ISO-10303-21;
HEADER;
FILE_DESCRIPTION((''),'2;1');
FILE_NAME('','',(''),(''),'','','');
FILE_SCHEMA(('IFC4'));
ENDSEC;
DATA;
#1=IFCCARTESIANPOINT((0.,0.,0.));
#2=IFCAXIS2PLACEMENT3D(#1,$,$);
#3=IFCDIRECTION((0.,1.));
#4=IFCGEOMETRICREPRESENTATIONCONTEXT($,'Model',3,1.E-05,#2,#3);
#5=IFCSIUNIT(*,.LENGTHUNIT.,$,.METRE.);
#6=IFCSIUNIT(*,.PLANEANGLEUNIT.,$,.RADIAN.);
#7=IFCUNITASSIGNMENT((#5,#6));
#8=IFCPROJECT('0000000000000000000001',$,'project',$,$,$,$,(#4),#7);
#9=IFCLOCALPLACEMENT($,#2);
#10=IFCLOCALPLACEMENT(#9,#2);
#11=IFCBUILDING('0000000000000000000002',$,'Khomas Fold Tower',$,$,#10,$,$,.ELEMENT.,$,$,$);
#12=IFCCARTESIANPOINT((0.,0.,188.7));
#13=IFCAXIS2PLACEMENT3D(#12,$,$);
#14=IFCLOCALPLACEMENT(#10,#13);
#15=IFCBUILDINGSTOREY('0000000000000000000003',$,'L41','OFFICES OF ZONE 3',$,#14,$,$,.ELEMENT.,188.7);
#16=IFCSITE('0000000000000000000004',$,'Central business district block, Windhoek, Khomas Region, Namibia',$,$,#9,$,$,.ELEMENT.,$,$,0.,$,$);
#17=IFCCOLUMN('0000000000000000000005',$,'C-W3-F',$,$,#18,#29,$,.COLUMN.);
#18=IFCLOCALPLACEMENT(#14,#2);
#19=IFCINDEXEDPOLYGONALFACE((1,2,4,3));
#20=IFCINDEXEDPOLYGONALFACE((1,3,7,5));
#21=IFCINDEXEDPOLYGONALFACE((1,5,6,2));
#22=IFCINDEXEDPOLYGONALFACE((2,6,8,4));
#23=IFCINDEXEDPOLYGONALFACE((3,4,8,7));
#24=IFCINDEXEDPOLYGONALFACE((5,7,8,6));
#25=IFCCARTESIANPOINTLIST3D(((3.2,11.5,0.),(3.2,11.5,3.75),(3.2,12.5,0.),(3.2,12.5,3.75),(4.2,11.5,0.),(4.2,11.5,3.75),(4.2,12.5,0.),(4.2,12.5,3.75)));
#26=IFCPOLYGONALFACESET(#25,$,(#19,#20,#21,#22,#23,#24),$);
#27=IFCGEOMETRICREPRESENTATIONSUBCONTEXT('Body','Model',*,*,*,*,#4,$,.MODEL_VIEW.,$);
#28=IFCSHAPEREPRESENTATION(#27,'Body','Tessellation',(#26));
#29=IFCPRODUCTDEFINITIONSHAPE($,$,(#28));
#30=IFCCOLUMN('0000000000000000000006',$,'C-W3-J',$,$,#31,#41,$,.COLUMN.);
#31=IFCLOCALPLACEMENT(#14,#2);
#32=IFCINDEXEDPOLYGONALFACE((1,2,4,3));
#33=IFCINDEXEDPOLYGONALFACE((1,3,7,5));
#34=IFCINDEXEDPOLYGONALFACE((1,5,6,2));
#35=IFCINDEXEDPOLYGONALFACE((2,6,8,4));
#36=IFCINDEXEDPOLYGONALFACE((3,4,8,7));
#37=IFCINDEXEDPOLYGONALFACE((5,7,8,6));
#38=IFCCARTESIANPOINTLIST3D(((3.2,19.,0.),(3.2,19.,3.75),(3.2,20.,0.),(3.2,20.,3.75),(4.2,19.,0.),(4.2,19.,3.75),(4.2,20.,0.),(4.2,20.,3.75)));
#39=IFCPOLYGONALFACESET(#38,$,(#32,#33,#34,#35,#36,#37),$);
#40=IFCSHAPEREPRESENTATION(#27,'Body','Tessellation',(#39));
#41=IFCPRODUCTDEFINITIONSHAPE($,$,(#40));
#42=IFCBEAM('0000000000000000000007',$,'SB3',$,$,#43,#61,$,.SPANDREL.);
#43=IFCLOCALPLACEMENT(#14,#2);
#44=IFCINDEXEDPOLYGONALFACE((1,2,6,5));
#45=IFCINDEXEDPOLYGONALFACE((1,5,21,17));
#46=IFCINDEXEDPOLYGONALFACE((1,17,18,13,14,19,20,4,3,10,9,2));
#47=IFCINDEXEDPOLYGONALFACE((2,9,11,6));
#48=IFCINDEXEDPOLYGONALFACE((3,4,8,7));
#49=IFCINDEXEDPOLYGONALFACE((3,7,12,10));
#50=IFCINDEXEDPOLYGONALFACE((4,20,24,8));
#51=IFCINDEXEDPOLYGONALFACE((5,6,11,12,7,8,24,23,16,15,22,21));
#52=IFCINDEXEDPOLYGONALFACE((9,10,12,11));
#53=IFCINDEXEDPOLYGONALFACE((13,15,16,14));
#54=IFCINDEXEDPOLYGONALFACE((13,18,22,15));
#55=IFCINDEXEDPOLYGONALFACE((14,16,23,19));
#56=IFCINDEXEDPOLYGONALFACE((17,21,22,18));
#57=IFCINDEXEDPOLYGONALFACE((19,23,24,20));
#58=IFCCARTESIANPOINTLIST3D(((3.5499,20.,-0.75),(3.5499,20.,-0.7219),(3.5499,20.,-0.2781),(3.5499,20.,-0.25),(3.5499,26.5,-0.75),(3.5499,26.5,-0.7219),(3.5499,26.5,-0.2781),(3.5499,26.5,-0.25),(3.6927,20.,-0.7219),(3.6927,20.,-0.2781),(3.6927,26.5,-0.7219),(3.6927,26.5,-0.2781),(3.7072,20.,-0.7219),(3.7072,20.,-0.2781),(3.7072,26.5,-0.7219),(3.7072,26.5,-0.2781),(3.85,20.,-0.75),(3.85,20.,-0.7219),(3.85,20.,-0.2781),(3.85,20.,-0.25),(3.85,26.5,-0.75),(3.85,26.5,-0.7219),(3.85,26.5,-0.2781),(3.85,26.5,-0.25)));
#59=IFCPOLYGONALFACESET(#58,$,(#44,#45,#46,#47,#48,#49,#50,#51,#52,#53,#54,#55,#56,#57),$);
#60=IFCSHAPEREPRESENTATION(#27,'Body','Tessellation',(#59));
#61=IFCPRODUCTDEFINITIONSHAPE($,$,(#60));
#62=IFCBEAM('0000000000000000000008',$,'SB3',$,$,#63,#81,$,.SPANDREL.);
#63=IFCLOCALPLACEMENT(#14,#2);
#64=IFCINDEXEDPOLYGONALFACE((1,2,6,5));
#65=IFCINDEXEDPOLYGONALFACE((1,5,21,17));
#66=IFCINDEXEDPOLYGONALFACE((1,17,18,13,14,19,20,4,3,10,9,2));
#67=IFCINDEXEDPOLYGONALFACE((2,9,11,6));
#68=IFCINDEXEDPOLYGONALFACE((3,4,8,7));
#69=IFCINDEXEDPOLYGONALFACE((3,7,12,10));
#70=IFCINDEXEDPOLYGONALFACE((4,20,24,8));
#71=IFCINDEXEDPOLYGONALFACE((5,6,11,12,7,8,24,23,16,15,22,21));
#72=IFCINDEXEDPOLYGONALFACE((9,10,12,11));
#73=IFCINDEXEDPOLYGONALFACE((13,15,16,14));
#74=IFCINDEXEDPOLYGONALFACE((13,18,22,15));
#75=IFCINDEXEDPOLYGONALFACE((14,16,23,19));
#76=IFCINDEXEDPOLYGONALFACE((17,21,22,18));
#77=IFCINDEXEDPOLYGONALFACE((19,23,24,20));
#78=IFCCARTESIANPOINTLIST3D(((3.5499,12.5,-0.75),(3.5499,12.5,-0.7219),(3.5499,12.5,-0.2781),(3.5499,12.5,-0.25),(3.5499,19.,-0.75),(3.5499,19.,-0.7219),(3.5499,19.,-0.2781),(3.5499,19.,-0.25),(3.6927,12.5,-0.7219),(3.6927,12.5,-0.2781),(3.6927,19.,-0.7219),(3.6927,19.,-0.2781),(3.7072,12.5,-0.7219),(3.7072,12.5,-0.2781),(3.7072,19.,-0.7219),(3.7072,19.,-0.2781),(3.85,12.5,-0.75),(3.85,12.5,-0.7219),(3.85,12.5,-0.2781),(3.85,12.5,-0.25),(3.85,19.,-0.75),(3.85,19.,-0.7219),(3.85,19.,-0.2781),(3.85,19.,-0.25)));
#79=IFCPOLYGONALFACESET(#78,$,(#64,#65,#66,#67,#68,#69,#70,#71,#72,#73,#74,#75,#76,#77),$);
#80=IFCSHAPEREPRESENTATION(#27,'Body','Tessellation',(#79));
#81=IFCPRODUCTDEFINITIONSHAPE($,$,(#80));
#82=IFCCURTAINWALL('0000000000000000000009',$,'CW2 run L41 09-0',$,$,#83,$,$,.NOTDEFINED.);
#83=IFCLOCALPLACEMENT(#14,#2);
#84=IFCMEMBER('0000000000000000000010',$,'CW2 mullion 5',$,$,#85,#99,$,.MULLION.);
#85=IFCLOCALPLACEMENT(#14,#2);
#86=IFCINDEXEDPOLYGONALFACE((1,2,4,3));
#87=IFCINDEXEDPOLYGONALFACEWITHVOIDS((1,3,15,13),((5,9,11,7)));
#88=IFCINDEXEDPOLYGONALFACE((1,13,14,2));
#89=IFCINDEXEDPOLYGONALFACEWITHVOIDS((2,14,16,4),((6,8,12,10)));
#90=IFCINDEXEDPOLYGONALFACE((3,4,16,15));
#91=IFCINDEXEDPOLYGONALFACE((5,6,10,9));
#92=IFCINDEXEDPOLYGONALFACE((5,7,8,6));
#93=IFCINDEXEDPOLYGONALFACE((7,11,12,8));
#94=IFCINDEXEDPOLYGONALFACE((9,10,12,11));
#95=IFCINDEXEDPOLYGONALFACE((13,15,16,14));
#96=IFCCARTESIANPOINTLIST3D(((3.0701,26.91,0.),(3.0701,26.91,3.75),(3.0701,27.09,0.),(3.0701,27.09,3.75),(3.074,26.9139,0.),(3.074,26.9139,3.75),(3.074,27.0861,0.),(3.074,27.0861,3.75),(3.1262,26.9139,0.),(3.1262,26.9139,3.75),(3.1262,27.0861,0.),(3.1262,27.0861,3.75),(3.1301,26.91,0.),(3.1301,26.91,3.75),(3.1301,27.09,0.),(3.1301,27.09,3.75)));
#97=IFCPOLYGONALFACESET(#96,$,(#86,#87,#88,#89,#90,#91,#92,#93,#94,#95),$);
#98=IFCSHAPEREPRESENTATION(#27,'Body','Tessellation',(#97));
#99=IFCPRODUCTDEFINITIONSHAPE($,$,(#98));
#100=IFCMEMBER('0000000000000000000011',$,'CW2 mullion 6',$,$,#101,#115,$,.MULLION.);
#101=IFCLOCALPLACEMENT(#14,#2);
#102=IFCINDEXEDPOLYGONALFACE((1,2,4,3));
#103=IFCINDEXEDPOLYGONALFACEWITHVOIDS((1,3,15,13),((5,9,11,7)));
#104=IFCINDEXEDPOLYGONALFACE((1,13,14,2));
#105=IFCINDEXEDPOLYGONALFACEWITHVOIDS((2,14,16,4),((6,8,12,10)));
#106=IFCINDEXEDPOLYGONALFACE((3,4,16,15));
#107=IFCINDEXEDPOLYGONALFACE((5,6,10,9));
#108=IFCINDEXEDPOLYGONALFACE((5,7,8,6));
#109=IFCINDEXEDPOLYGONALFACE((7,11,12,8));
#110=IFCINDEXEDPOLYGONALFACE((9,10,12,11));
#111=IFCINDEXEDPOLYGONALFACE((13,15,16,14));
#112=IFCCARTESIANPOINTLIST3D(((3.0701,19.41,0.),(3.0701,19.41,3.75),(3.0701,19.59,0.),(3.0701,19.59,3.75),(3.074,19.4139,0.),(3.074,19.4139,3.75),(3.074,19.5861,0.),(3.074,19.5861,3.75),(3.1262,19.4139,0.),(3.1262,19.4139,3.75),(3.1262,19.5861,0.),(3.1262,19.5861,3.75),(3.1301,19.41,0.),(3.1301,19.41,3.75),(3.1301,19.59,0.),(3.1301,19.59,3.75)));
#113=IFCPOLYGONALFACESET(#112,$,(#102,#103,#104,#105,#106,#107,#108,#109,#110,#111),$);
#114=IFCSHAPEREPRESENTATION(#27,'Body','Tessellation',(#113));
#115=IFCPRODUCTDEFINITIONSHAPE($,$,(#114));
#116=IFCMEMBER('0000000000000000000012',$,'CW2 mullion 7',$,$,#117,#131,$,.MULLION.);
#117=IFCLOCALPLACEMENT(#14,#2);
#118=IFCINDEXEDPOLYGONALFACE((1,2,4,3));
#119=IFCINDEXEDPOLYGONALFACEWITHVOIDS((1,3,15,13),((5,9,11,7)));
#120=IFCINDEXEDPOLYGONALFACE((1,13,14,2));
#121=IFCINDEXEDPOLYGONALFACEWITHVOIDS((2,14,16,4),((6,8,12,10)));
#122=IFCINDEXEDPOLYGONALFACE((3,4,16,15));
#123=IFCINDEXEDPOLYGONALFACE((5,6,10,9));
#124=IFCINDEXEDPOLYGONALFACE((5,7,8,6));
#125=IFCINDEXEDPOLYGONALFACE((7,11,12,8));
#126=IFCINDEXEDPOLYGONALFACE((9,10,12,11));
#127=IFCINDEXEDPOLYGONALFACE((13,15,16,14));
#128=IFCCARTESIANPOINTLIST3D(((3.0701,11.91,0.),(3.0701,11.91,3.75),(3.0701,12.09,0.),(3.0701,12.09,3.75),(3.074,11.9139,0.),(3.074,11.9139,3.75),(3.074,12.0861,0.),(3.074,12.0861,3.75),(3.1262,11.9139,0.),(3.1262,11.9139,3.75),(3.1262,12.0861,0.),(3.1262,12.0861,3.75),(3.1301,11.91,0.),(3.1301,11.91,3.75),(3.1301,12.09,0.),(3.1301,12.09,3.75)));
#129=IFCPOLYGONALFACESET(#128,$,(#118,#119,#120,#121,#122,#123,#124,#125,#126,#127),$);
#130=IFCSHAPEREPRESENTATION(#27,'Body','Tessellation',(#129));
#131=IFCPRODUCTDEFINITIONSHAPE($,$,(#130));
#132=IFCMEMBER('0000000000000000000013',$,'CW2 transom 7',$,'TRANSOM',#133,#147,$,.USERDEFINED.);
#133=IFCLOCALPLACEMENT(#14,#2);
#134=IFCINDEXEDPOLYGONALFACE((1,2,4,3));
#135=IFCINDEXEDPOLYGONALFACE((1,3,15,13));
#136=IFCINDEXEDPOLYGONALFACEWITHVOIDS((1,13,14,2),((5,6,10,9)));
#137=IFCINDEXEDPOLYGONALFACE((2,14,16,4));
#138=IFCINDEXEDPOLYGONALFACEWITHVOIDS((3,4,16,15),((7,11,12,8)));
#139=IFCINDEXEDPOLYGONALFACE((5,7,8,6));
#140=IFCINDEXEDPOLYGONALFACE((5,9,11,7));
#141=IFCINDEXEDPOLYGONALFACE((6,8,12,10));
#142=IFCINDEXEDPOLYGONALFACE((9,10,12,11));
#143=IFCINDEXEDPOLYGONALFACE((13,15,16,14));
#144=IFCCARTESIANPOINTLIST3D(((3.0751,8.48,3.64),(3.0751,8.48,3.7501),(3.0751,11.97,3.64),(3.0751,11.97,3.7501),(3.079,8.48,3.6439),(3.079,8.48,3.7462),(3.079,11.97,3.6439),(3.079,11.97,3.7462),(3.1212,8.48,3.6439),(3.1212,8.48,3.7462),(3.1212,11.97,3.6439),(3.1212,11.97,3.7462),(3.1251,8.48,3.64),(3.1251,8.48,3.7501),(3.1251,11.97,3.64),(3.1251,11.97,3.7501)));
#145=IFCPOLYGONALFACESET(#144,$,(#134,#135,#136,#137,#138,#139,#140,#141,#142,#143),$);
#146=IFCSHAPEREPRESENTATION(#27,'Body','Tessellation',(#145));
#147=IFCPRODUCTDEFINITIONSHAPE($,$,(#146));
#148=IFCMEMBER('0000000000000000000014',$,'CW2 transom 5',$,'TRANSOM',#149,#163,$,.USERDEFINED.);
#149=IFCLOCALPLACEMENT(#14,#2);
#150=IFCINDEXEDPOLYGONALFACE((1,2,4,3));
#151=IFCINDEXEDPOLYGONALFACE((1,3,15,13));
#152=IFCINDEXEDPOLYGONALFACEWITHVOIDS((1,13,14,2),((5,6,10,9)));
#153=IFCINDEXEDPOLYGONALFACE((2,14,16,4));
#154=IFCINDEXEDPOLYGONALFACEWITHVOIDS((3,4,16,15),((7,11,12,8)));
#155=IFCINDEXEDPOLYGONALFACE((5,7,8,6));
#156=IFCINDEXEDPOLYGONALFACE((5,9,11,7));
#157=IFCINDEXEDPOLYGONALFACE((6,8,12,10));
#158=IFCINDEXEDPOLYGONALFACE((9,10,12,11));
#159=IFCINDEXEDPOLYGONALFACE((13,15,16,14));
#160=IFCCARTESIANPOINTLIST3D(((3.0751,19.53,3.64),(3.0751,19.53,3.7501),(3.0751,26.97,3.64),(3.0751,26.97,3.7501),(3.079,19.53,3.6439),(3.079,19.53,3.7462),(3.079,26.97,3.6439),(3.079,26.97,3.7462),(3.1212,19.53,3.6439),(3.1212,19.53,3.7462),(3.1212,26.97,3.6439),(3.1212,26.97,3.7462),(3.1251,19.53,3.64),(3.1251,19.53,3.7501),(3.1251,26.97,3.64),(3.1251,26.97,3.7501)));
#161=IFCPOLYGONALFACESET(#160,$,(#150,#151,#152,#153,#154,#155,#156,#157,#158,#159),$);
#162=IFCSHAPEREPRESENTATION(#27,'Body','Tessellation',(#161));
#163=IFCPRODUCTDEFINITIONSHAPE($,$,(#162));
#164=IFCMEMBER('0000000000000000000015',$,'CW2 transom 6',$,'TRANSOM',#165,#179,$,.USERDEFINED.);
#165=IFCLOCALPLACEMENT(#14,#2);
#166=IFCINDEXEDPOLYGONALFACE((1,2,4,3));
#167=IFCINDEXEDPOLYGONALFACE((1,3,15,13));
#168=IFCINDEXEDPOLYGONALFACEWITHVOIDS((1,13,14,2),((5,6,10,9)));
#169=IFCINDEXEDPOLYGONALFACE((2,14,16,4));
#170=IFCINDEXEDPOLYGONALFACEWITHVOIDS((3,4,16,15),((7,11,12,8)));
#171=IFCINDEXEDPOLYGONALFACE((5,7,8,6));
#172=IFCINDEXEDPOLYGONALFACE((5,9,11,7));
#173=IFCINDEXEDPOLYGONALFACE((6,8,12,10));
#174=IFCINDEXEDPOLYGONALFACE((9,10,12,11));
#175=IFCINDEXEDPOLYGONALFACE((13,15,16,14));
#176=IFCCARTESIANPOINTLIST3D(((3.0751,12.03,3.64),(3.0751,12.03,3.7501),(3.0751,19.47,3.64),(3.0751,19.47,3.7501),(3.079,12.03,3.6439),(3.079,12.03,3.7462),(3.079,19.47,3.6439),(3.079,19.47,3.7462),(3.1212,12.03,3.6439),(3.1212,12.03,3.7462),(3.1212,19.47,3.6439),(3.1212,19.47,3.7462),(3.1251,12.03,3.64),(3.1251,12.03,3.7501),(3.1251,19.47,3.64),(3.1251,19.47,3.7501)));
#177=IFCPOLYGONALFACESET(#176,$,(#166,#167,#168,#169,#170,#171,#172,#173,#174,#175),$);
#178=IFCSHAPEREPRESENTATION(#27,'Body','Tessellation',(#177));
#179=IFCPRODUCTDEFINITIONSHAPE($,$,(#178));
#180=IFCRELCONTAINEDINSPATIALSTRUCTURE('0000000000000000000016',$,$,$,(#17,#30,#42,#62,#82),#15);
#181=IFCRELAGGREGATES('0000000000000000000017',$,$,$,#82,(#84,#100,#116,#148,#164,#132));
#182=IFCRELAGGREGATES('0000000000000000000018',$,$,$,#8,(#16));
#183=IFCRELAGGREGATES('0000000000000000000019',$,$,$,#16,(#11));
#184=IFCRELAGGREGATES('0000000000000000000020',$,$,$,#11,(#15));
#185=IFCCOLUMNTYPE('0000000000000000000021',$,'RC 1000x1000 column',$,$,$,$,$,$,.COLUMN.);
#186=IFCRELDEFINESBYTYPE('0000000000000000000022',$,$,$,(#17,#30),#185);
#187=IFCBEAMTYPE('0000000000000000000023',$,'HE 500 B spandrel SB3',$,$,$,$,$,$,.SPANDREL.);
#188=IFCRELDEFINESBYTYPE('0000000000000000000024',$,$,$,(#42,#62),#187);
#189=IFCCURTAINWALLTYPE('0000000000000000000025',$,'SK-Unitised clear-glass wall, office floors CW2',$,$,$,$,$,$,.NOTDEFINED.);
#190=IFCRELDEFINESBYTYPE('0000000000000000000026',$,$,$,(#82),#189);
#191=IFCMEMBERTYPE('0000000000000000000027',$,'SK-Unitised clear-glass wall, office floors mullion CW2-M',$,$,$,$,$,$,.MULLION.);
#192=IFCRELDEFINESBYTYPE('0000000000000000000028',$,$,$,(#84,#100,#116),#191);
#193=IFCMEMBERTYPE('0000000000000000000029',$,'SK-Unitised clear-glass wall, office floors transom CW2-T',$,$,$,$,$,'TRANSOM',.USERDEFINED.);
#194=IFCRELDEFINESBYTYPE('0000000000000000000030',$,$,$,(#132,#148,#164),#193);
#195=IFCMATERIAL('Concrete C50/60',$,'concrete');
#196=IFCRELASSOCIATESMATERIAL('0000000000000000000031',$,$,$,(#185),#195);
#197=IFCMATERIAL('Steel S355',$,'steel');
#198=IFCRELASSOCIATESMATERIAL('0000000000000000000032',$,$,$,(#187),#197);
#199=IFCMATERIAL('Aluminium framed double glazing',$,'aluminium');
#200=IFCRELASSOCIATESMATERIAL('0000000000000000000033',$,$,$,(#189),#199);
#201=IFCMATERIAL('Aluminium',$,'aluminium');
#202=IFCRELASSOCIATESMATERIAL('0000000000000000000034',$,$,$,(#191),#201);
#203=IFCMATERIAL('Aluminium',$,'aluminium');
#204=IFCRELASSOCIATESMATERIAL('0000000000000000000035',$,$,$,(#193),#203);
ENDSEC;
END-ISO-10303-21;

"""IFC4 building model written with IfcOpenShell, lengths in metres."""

from ifc_helpers import new_model, si_unit, direction, frame, origin, origin_2d, place, context, subcontext, project, spatial, rectangle, hollow_rectangle, i_section, extrude, source, transform, mapped, material, material_profile, profile_set, type_object, element, aggregate, save


model = new_model("IFC4")

# Units and contexts
model_context = context("Model", 3, precision=1e-05, world=origin(), true_north=direction((0.0, 1.0)))
body_context = subcontext(model_context, "Body", "Model", "MODEL_VIEW")
ifc_project = project(units=[si_unit("LENGTHUNIT", "METRE"), si_unit("PLANEANGLEUNIT", "RADIAN")], contexts=[model_context])

# Site, building, storey
site_placement = place(None, origin())
site = spatial("IfcSite", under=ifc_project, at=site_placement, Name="Central business district block, Windhoek, Khomas Region, Namibia", CompositionType="ELEMENT", RefElevation=0.0)
building_placement = place(site_placement, origin())
building = spatial("IfcBuilding", under=site, at=building_placement, Name="Khomas Fold Tower", CompositionType="ELEMENT")
storey_placement = place(building_placement, frame((0.0, 0.0, 188.7)))
storey = spatial("IfcBuildingStorey", under=building, at=storey_placement, Name="L41", Description="OFFICES OF ZONE 3", CompositionType="ELEMENT", Elevation=188.7)

# Columns
ifc_material_1 = material(Name="Concrete C50/60", Category="concrete")
ifc_material_profile_1 = material_profile(ifc_material_1, rectangle(XDim=1.0, YDim=1.0, at=origin_2d()), Name="RC 1000x1000")
ifc_profile_set_1 = profile_set([ifc_material_profile_1], Name="Concrete C50/60")
column_type = type_object("IfcColumnType", Name="RC 1000x1000 column", PredefinedType="COLUMN", material=ifc_profile_set_1)
shared_shape_1 = source(origin(), body_context, "Body", "SweptSolid", [
    extrude(rectangle(XDim=1.0, YDim=1.0, at=origin_2d()), origin(), (0.0, 0.0, 1.0), 3.75),
])
for number, where, z_axis, x_axis, name in (
    (1, (3.7, 12.0, 0.0), (0.0, 0.0, 1.0), (1.0, 0.0, 0.0), "C-W3-F"),
    (2, (3.7, 19.5, 0.0), (0.0, 0.0, 1.0), (1.0, 0.0, 0.0), "C-W3-J"),
):
    element("IfcColumn", number, at=place(storey_placement, frame(where, z_axis=z_axis, x_axis=x_axis)), inside=storey, type_object=column_type, Name=name, PredefinedType="COLUMN", context=body_context, shape_type="MappedRepresentation", body=[
        mapped(shared_shape_1, transform((0.0, 0.0, 0.0))),
    ])

# Beams
ifc_material_2 = material(Name="Steel S355", Category="steel")
ifc_material_profile_2 = material_profile(ifc_material_2, i_section(OverallWidth=0.3, OverallDepth=0.5, WebThickness=0.0144, FlangeThickness=0.0281, at=origin_2d()), Name="HE 500 B")
ifc_profile_set_2 = profile_set([ifc_material_profile_2], Name="Steel S355")
beam_type = type_object("IfcBeamType", Name="HE 500 B spandrel SB3", PredefinedType="SPANDREL", material=ifc_profile_set_2)
shared_shape_2 = source(origin(), body_context, "Body", "SweptSolid", [
    extrude(i_section(OverallWidth=0.3, OverallDepth=0.5, WebThickness=0.0144, FlangeThickness=0.0281, at=origin_2d()), origin(), (0.0, 0.0, 1.0), 6.5),
])
for number, where, z_axis, x_axis, name in (
    (3, (3.7, 20.0, -0.5), (0.0, 1.0, 0.0), (-1.0, 0.0, 0.0), "SB3"),
    (4, (3.7, 12.5, -0.5), (0.0, 1.0, 0.0), (-1.0, 0.0, 0.0), "SB3"),
):
    element("IfcBeam", number, at=place(storey_placement, frame(where, z_axis=z_axis, x_axis=x_axis)), inside=storey, type_object=beam_type, Name=name, PredefinedType="SPANDREL", context=body_context, shape_type="MappedRepresentation", body=[
        mapped(shared_shape_2, transform((0.0, 0.0, 0.0))),
    ])

# Curtain wall, members
ifc_material_3 = material(Name="Aluminium framed double glazing", Category="aluminium")
curtain_wall_type = type_object("IfcCurtainWallType", Name="SK-Unitised clear-glass wall, office floors CW2", PredefinedType="NOTDEFINED", material=ifc_material_3)
curtain_wall_placement = place(storey_placement, origin())
curtain_wall = element("IfcCurtainWall", 5, at=curtain_wall_placement, inside=storey, type_object=curtain_wall_type, Name="CW2 run L41 09-0", PredefinedType="NOTDEFINED")
ifc_material_4 = material(Name="Aluminium", Category="aluminium")
ifc_material_profile_3 = material_profile(ifc_material_4, hollow_rectangle(XDim=0.0601, YDim=0.1799, WallThickness=0.0039, at=origin_2d()), Name="SK-Unitised clear-glass wall, office floors mullion CW2-M")
ifc_profile_set_3 = profile_set([ifc_material_profile_3], Name="Aluminium")
member_type_1 = type_object("IfcMemberType", Name="SK-Unitised clear-glass wall, office floors mullion CW2-M", PredefinedType="MULLION", material=ifc_profile_set_3)
shared_shape_3 = source(origin(), body_context, "Body", "SweptSolid", [
    extrude(hollow_rectangle(XDim=0.0601, YDim=0.1799, WallThickness=0.0039, at=origin_2d()), origin(), (0.0, 0.0, 1.0), 3.75),
])
member_1_placement = place(storey_placement, frame((3.1001, 27.0, 0.0), z_axis=(0.0, 0.0, 1.0), x_axis=(1.0, 0.0, 0.0)))
member_1 = element("IfcMember", 6, at=member_1_placement, type_object=member_type_1, Name="CW2 mullion 5", PredefinedType="MULLION", context=body_context, shape_type="MappedRepresentation", body=[
    mapped(shared_shape_3, transform((0.0, 0.0, 0.0))),
])
member_2_placement = place(storey_placement, frame((3.1001, 19.5, 0.0), z_axis=(0.0, 0.0, 1.0), x_axis=(1.0, 0.0, 0.0)))
member_2 = element("IfcMember", 7, at=member_2_placement, type_object=member_type_1, Name="CW2 mullion 6", PredefinedType="MULLION", context=body_context, shape_type="MappedRepresentation", body=[
    mapped(shared_shape_3, transform((0.0, 0.0, 0.0))),
])
member_3_placement = place(storey_placement, frame((3.1001, 12.0, 0.0), z_axis=(0.0, 0.0, 1.0), x_axis=(1.0, 0.0, 0.0)))
member_3 = element("IfcMember", 8, at=member_3_placement, type_object=member_type_1, Name="CW2 mullion 7", PredefinedType="MULLION", context=body_context, shape_type="MappedRepresentation", body=[
    mapped(shared_shape_3, transform((0.0, 0.0, 0.0))),
])
ifc_material_5 = material(Name="Aluminium", Category="aluminium")
ifc_material_profile_4 = material_profile(ifc_material_5, hollow_rectangle(XDim=0.05, YDim=0.1101, WallThickness=0.0039, at=origin_2d()), Name="SK-Unitised clear-glass wall, office floors transom CW2-T")
ifc_profile_set_4 = profile_set([ifc_material_profile_4], Name="Aluminium")
member_type_2 = type_object("IfcMemberType", Name="SK-Unitised clear-glass wall, office floors transom CW2-T", ElementType="TRANSOM", PredefinedType="USERDEFINED", material=ifc_profile_set_4)
shared_shape_4 = source(origin(), body_context, "Body", "SweptSolid", [
    extrude(hollow_rectangle(XDim=0.05, YDim=0.1101, WallThickness=0.0039, at=origin_2d()), origin(), (0.0, 0.0, 1.0), 3.49),
])
member_4_placement = place(storey_placement, frame((3.1001, 11.97, 3.6951), z_axis=(0.0, -1.0, 0.0), x_axis=(1.0, 0.0, 0.0)))
member_4 = element("IfcMember", 9, at=member_4_placement, type_object=member_type_2, Name="CW2 transom 7", ObjectType="TRANSOM", PredefinedType="USERDEFINED", context=body_context, shape_type="MappedRepresentation", body=[
    mapped(shared_shape_4, transform((0.0, 0.0, 0.0))),
])
shared_shape_5 = source(origin(), body_context, "Body", "SweptSolid", [
    extrude(hollow_rectangle(XDim=0.05, YDim=0.1101, WallThickness=0.0039, at=origin_2d()), origin(), (0.0, 0.0, 1.0), 7.4399),
])
member_5_placement = place(storey_placement, frame((3.1001, 26.97, 3.6951), z_axis=(0.0, -1.0, 0.0), x_axis=(1.0, 0.0, 0.0)))
member_5 = element("IfcMember", 10, at=member_5_placement, type_object=member_type_2, Name="CW2 transom 5", ObjectType="TRANSOM", PredefinedType="USERDEFINED", context=body_context, shape_type="MappedRepresentation", body=[
    mapped(shared_shape_5, transform((0.0, 0.0, 0.0))),
])
member_6_placement = place(storey_placement, frame((3.1001, 19.47, 3.6951), z_axis=(0.0, -1.0, 0.0), x_axis=(1.0, 0.0, 0.0)))
member_6 = element("IfcMember", 11, at=member_6_placement, type_object=member_type_2, Name="CW2 transom 6", ObjectType="TRANSOM", PredefinedType="USERDEFINED", context=body_context, shape_type="MappedRepresentation", body=[
    mapped(shared_shape_5, transform((0.0, 0.0, 0.0))),
])

aggregate(curtain_wall, [member_1, member_2, member_3, member_5, member_6, member_4])

save(model, "model.ifc")
